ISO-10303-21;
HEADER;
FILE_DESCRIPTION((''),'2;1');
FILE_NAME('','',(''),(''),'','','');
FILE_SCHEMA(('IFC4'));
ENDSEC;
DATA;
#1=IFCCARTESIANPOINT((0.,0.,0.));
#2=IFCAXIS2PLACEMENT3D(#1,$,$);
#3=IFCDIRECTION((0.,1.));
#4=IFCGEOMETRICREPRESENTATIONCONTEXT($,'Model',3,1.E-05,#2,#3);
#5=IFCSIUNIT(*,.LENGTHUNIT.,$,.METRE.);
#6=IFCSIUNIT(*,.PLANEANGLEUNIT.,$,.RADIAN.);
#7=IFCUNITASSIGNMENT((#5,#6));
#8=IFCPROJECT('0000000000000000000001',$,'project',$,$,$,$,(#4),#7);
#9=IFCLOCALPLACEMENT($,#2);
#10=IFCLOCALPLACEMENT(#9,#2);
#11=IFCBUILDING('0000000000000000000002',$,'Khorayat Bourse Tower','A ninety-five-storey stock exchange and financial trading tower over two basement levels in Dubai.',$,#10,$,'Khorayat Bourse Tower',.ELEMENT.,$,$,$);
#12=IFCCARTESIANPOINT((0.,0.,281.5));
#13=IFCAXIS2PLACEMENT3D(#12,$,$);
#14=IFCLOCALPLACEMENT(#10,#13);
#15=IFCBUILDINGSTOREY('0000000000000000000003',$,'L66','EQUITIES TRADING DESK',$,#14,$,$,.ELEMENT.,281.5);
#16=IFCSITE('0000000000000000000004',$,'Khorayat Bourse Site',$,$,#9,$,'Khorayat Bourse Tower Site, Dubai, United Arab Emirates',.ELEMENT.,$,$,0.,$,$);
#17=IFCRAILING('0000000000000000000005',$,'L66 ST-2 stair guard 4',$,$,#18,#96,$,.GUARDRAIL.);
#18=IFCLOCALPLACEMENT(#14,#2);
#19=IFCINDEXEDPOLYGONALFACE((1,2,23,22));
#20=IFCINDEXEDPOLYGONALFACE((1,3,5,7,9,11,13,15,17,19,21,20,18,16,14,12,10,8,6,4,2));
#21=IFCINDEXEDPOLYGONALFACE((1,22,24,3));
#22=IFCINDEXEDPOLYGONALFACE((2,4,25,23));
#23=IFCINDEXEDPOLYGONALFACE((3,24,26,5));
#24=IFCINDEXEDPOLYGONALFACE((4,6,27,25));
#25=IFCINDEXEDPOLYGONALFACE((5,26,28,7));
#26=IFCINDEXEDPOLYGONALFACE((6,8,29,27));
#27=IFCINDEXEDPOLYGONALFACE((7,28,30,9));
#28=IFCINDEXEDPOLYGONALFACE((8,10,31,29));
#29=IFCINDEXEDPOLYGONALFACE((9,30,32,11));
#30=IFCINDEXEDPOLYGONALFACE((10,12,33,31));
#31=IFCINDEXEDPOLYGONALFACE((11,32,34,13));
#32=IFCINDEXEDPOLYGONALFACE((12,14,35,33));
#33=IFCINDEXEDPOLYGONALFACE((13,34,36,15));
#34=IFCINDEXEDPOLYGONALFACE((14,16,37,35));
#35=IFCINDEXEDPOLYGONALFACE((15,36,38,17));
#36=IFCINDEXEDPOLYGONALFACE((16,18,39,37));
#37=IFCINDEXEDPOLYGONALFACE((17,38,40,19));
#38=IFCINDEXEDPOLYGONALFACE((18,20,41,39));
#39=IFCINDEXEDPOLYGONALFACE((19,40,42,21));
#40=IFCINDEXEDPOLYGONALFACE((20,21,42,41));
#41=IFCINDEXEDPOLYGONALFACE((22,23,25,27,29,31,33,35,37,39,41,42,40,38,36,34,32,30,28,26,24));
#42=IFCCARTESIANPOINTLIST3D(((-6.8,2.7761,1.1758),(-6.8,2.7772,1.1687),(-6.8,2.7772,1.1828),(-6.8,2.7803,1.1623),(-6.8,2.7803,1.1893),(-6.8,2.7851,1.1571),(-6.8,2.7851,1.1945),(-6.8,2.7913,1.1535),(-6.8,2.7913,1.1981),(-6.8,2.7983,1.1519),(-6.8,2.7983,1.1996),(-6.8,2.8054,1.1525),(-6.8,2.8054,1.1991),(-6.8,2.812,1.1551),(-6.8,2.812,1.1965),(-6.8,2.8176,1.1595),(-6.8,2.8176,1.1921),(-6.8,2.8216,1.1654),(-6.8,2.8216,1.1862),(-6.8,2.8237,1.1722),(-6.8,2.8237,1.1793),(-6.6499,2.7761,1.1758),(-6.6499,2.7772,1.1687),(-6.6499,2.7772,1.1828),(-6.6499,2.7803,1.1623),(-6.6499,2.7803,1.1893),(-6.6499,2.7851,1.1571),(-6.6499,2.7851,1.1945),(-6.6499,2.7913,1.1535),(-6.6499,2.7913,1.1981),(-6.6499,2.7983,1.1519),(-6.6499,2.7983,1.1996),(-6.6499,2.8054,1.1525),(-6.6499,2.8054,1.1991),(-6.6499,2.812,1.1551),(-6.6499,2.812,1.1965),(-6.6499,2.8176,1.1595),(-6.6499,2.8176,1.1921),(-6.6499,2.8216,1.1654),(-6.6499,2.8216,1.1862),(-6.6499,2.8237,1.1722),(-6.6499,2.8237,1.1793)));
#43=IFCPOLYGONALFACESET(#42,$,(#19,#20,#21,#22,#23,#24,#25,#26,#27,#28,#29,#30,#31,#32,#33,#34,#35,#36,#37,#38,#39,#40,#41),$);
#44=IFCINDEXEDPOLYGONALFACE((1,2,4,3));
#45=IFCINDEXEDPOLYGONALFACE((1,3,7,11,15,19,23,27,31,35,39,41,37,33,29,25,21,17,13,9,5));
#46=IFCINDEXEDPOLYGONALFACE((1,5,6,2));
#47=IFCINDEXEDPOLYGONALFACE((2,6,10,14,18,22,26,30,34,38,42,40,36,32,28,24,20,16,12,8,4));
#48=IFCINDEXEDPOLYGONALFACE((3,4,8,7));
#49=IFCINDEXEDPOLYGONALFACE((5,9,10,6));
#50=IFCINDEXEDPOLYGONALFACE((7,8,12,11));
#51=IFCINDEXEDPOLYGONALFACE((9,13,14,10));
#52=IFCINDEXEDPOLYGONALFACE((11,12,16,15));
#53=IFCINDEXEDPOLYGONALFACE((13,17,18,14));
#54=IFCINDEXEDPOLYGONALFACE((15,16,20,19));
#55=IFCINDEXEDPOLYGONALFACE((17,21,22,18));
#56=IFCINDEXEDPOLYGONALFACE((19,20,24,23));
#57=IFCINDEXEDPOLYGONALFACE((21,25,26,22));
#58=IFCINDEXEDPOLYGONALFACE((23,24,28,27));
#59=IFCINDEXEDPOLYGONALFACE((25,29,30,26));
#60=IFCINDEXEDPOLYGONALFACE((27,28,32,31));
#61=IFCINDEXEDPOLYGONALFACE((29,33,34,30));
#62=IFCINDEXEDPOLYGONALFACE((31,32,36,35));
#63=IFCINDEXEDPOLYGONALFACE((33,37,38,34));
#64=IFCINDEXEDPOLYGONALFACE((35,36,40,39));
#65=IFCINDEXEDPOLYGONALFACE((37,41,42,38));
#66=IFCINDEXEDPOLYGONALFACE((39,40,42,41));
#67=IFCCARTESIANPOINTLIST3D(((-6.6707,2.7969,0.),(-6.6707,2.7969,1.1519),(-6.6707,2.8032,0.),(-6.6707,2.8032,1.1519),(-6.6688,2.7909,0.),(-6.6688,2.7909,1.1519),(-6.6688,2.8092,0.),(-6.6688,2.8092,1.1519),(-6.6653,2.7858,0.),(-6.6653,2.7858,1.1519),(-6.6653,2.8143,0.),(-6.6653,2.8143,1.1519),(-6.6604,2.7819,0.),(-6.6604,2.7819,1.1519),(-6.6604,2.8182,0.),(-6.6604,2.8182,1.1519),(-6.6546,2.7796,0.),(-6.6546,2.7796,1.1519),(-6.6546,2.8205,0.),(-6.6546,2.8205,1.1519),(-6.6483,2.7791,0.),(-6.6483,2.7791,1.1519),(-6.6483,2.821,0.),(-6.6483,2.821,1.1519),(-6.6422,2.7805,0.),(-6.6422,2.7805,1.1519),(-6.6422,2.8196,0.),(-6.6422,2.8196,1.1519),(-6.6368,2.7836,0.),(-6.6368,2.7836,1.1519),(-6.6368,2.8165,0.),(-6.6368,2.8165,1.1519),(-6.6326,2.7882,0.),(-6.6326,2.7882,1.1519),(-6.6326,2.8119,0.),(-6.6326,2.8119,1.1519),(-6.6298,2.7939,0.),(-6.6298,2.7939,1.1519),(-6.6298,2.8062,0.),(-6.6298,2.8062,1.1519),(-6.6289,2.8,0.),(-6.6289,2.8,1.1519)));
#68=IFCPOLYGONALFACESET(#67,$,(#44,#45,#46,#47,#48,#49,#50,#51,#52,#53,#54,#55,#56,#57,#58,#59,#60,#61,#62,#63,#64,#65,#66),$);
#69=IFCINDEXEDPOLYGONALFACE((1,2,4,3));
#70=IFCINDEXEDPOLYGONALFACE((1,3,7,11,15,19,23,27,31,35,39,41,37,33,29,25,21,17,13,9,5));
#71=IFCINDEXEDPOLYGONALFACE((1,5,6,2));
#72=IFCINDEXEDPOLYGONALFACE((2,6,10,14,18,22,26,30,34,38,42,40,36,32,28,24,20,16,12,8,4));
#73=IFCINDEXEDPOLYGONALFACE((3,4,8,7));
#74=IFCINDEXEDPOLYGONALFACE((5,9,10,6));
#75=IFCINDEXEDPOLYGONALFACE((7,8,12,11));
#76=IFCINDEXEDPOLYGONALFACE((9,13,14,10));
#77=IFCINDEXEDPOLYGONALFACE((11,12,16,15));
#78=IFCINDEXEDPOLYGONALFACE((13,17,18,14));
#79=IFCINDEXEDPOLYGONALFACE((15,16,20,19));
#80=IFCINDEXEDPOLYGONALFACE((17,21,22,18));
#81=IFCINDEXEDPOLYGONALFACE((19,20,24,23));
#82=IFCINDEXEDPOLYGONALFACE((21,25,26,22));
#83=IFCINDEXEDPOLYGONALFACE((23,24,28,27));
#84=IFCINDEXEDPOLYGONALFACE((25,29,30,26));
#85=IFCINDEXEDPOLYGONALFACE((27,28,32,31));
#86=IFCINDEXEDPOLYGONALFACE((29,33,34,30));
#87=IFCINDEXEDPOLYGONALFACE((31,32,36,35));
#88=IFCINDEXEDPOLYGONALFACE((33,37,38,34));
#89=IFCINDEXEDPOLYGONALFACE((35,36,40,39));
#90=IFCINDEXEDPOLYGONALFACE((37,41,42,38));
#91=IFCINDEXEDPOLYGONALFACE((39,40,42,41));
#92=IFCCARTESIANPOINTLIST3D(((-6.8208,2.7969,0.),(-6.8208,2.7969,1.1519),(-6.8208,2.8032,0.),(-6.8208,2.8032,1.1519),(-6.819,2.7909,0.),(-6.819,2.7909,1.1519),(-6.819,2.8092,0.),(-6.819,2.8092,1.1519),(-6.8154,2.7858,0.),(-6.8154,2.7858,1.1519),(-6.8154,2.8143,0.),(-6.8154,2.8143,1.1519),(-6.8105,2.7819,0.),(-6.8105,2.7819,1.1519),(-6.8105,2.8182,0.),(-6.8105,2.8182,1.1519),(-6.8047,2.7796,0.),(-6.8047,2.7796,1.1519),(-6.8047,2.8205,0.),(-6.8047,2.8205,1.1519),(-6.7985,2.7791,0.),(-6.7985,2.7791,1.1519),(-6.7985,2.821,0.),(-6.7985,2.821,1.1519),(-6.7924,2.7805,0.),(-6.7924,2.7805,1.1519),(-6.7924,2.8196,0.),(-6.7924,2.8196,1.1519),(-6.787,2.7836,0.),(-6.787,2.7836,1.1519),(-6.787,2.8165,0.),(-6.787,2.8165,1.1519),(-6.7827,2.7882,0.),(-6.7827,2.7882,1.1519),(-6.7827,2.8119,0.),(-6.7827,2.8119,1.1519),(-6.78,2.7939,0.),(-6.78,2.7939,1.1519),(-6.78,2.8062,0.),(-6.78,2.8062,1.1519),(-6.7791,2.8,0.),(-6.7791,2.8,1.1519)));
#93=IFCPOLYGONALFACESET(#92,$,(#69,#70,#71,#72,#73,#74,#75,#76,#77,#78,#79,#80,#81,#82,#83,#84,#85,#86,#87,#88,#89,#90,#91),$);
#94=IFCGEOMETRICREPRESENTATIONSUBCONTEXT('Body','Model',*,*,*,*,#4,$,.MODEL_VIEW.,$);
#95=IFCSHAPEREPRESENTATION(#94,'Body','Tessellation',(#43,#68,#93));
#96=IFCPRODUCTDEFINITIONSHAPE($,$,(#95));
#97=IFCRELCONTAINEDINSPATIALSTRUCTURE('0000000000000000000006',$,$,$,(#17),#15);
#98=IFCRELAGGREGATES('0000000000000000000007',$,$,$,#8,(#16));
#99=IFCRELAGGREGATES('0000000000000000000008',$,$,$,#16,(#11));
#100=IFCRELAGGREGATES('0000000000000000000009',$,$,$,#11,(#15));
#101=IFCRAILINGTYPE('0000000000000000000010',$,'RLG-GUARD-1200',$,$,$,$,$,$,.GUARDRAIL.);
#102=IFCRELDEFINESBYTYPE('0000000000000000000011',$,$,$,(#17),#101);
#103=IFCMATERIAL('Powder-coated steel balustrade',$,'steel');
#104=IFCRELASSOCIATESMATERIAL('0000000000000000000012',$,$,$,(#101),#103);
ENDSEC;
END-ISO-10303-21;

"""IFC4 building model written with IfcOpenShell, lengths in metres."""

from ifc_helpers import new_model, si_unit, direction, frame, origin, origin_2d, place, context, subcontext, project, spatial, circle, extrude, source, transform, mapped, material, type_object, element, save


model = new_model("IFC4")

# Units and contexts
model_context = context("Model", 3, precision=1e-05, world=origin(), true_north=direction((0.0, 1.0)))
body_context = subcontext(model_context, "Body", "Model", "MODEL_VIEW")
ifc_project = project(units=[si_unit("LENGTHUNIT", "METRE"), si_unit("PLANEANGLEUNIT", "RADIAN")], contexts=[model_context])

# Site, building, storey
site_placement = place(None, origin())
site = spatial("IfcSite", under=ifc_project, at=site_placement, Name="Khorayat Bourse Site", LongName="Khorayat Bourse Tower Site, Dubai, United Arab Emirates", CompositionType="ELEMENT", RefElevation=0.0)
building_placement = place(site_placement, origin())
building = spatial("IfcBuilding", under=site, at=building_placement, Name="Khorayat Bourse Tower", Description="A ninety-five-storey stock exchange and financial trading tower over two basement levels in Dubai.", LongName="Khorayat Bourse Tower", CompositionType="ELEMENT")
storey_placement = place(building_placement, frame((0.0, 0.0, 281.5)))
storey = spatial("IfcBuildingStorey", under=building, at=storey_placement, Name="L66", Description="EQUITIES TRADING DESK", CompositionType="ELEMENT", Elevation=281.5)

# Railing
ifc_material_1 = material(Name="Powder-coated steel balustrade", Category="steel")
railing_type_1 = type_object("IfcRailingType", Name="RLG-GUARD-1200", PredefinedType="GUARDRAIL", material=ifc_material_1)
shared_shape_1 = source(origin(), body_context, "Body", "SweptSolid", [
    extrude(circle(Radius=0.0239, at=origin_2d()), frame((0.0, 0.0, 1.1758), z_axis=(-1.0, 0.0, 0.0), x_axis=(0.0, -1.0, 0.0)), (0.0, 0.0, 1.0), 0.1501),
    extrude(circle(Radius=0.021, at=origin_2d()), origin(), (0.0, 0.0, 1.0), 1.1519),
    extrude(circle(Radius=0.021, at=origin_2d()), frame((-0.1501, 0.0, 0.0)), (0.0, 0.0, 1.0), 1.1519),
])
for number, where, name in (
    (1, (-6.6499, 2.8, 0.0), "L66 ST-2 stair guard 4"),
):
    element("IfcRailing", number, at=place(storey_placement, frame(where)), inside=storey, type_object=railing_type_1, Name=name, PredefinedType="GUARDRAIL", context=body_context, shape_type="MappedRepresentation", body=[
        mapped(shared_shape_1, transform((0.0, 0.0, 0.0), scale=1.0)),
    ])

save(model, "model.ifc")
